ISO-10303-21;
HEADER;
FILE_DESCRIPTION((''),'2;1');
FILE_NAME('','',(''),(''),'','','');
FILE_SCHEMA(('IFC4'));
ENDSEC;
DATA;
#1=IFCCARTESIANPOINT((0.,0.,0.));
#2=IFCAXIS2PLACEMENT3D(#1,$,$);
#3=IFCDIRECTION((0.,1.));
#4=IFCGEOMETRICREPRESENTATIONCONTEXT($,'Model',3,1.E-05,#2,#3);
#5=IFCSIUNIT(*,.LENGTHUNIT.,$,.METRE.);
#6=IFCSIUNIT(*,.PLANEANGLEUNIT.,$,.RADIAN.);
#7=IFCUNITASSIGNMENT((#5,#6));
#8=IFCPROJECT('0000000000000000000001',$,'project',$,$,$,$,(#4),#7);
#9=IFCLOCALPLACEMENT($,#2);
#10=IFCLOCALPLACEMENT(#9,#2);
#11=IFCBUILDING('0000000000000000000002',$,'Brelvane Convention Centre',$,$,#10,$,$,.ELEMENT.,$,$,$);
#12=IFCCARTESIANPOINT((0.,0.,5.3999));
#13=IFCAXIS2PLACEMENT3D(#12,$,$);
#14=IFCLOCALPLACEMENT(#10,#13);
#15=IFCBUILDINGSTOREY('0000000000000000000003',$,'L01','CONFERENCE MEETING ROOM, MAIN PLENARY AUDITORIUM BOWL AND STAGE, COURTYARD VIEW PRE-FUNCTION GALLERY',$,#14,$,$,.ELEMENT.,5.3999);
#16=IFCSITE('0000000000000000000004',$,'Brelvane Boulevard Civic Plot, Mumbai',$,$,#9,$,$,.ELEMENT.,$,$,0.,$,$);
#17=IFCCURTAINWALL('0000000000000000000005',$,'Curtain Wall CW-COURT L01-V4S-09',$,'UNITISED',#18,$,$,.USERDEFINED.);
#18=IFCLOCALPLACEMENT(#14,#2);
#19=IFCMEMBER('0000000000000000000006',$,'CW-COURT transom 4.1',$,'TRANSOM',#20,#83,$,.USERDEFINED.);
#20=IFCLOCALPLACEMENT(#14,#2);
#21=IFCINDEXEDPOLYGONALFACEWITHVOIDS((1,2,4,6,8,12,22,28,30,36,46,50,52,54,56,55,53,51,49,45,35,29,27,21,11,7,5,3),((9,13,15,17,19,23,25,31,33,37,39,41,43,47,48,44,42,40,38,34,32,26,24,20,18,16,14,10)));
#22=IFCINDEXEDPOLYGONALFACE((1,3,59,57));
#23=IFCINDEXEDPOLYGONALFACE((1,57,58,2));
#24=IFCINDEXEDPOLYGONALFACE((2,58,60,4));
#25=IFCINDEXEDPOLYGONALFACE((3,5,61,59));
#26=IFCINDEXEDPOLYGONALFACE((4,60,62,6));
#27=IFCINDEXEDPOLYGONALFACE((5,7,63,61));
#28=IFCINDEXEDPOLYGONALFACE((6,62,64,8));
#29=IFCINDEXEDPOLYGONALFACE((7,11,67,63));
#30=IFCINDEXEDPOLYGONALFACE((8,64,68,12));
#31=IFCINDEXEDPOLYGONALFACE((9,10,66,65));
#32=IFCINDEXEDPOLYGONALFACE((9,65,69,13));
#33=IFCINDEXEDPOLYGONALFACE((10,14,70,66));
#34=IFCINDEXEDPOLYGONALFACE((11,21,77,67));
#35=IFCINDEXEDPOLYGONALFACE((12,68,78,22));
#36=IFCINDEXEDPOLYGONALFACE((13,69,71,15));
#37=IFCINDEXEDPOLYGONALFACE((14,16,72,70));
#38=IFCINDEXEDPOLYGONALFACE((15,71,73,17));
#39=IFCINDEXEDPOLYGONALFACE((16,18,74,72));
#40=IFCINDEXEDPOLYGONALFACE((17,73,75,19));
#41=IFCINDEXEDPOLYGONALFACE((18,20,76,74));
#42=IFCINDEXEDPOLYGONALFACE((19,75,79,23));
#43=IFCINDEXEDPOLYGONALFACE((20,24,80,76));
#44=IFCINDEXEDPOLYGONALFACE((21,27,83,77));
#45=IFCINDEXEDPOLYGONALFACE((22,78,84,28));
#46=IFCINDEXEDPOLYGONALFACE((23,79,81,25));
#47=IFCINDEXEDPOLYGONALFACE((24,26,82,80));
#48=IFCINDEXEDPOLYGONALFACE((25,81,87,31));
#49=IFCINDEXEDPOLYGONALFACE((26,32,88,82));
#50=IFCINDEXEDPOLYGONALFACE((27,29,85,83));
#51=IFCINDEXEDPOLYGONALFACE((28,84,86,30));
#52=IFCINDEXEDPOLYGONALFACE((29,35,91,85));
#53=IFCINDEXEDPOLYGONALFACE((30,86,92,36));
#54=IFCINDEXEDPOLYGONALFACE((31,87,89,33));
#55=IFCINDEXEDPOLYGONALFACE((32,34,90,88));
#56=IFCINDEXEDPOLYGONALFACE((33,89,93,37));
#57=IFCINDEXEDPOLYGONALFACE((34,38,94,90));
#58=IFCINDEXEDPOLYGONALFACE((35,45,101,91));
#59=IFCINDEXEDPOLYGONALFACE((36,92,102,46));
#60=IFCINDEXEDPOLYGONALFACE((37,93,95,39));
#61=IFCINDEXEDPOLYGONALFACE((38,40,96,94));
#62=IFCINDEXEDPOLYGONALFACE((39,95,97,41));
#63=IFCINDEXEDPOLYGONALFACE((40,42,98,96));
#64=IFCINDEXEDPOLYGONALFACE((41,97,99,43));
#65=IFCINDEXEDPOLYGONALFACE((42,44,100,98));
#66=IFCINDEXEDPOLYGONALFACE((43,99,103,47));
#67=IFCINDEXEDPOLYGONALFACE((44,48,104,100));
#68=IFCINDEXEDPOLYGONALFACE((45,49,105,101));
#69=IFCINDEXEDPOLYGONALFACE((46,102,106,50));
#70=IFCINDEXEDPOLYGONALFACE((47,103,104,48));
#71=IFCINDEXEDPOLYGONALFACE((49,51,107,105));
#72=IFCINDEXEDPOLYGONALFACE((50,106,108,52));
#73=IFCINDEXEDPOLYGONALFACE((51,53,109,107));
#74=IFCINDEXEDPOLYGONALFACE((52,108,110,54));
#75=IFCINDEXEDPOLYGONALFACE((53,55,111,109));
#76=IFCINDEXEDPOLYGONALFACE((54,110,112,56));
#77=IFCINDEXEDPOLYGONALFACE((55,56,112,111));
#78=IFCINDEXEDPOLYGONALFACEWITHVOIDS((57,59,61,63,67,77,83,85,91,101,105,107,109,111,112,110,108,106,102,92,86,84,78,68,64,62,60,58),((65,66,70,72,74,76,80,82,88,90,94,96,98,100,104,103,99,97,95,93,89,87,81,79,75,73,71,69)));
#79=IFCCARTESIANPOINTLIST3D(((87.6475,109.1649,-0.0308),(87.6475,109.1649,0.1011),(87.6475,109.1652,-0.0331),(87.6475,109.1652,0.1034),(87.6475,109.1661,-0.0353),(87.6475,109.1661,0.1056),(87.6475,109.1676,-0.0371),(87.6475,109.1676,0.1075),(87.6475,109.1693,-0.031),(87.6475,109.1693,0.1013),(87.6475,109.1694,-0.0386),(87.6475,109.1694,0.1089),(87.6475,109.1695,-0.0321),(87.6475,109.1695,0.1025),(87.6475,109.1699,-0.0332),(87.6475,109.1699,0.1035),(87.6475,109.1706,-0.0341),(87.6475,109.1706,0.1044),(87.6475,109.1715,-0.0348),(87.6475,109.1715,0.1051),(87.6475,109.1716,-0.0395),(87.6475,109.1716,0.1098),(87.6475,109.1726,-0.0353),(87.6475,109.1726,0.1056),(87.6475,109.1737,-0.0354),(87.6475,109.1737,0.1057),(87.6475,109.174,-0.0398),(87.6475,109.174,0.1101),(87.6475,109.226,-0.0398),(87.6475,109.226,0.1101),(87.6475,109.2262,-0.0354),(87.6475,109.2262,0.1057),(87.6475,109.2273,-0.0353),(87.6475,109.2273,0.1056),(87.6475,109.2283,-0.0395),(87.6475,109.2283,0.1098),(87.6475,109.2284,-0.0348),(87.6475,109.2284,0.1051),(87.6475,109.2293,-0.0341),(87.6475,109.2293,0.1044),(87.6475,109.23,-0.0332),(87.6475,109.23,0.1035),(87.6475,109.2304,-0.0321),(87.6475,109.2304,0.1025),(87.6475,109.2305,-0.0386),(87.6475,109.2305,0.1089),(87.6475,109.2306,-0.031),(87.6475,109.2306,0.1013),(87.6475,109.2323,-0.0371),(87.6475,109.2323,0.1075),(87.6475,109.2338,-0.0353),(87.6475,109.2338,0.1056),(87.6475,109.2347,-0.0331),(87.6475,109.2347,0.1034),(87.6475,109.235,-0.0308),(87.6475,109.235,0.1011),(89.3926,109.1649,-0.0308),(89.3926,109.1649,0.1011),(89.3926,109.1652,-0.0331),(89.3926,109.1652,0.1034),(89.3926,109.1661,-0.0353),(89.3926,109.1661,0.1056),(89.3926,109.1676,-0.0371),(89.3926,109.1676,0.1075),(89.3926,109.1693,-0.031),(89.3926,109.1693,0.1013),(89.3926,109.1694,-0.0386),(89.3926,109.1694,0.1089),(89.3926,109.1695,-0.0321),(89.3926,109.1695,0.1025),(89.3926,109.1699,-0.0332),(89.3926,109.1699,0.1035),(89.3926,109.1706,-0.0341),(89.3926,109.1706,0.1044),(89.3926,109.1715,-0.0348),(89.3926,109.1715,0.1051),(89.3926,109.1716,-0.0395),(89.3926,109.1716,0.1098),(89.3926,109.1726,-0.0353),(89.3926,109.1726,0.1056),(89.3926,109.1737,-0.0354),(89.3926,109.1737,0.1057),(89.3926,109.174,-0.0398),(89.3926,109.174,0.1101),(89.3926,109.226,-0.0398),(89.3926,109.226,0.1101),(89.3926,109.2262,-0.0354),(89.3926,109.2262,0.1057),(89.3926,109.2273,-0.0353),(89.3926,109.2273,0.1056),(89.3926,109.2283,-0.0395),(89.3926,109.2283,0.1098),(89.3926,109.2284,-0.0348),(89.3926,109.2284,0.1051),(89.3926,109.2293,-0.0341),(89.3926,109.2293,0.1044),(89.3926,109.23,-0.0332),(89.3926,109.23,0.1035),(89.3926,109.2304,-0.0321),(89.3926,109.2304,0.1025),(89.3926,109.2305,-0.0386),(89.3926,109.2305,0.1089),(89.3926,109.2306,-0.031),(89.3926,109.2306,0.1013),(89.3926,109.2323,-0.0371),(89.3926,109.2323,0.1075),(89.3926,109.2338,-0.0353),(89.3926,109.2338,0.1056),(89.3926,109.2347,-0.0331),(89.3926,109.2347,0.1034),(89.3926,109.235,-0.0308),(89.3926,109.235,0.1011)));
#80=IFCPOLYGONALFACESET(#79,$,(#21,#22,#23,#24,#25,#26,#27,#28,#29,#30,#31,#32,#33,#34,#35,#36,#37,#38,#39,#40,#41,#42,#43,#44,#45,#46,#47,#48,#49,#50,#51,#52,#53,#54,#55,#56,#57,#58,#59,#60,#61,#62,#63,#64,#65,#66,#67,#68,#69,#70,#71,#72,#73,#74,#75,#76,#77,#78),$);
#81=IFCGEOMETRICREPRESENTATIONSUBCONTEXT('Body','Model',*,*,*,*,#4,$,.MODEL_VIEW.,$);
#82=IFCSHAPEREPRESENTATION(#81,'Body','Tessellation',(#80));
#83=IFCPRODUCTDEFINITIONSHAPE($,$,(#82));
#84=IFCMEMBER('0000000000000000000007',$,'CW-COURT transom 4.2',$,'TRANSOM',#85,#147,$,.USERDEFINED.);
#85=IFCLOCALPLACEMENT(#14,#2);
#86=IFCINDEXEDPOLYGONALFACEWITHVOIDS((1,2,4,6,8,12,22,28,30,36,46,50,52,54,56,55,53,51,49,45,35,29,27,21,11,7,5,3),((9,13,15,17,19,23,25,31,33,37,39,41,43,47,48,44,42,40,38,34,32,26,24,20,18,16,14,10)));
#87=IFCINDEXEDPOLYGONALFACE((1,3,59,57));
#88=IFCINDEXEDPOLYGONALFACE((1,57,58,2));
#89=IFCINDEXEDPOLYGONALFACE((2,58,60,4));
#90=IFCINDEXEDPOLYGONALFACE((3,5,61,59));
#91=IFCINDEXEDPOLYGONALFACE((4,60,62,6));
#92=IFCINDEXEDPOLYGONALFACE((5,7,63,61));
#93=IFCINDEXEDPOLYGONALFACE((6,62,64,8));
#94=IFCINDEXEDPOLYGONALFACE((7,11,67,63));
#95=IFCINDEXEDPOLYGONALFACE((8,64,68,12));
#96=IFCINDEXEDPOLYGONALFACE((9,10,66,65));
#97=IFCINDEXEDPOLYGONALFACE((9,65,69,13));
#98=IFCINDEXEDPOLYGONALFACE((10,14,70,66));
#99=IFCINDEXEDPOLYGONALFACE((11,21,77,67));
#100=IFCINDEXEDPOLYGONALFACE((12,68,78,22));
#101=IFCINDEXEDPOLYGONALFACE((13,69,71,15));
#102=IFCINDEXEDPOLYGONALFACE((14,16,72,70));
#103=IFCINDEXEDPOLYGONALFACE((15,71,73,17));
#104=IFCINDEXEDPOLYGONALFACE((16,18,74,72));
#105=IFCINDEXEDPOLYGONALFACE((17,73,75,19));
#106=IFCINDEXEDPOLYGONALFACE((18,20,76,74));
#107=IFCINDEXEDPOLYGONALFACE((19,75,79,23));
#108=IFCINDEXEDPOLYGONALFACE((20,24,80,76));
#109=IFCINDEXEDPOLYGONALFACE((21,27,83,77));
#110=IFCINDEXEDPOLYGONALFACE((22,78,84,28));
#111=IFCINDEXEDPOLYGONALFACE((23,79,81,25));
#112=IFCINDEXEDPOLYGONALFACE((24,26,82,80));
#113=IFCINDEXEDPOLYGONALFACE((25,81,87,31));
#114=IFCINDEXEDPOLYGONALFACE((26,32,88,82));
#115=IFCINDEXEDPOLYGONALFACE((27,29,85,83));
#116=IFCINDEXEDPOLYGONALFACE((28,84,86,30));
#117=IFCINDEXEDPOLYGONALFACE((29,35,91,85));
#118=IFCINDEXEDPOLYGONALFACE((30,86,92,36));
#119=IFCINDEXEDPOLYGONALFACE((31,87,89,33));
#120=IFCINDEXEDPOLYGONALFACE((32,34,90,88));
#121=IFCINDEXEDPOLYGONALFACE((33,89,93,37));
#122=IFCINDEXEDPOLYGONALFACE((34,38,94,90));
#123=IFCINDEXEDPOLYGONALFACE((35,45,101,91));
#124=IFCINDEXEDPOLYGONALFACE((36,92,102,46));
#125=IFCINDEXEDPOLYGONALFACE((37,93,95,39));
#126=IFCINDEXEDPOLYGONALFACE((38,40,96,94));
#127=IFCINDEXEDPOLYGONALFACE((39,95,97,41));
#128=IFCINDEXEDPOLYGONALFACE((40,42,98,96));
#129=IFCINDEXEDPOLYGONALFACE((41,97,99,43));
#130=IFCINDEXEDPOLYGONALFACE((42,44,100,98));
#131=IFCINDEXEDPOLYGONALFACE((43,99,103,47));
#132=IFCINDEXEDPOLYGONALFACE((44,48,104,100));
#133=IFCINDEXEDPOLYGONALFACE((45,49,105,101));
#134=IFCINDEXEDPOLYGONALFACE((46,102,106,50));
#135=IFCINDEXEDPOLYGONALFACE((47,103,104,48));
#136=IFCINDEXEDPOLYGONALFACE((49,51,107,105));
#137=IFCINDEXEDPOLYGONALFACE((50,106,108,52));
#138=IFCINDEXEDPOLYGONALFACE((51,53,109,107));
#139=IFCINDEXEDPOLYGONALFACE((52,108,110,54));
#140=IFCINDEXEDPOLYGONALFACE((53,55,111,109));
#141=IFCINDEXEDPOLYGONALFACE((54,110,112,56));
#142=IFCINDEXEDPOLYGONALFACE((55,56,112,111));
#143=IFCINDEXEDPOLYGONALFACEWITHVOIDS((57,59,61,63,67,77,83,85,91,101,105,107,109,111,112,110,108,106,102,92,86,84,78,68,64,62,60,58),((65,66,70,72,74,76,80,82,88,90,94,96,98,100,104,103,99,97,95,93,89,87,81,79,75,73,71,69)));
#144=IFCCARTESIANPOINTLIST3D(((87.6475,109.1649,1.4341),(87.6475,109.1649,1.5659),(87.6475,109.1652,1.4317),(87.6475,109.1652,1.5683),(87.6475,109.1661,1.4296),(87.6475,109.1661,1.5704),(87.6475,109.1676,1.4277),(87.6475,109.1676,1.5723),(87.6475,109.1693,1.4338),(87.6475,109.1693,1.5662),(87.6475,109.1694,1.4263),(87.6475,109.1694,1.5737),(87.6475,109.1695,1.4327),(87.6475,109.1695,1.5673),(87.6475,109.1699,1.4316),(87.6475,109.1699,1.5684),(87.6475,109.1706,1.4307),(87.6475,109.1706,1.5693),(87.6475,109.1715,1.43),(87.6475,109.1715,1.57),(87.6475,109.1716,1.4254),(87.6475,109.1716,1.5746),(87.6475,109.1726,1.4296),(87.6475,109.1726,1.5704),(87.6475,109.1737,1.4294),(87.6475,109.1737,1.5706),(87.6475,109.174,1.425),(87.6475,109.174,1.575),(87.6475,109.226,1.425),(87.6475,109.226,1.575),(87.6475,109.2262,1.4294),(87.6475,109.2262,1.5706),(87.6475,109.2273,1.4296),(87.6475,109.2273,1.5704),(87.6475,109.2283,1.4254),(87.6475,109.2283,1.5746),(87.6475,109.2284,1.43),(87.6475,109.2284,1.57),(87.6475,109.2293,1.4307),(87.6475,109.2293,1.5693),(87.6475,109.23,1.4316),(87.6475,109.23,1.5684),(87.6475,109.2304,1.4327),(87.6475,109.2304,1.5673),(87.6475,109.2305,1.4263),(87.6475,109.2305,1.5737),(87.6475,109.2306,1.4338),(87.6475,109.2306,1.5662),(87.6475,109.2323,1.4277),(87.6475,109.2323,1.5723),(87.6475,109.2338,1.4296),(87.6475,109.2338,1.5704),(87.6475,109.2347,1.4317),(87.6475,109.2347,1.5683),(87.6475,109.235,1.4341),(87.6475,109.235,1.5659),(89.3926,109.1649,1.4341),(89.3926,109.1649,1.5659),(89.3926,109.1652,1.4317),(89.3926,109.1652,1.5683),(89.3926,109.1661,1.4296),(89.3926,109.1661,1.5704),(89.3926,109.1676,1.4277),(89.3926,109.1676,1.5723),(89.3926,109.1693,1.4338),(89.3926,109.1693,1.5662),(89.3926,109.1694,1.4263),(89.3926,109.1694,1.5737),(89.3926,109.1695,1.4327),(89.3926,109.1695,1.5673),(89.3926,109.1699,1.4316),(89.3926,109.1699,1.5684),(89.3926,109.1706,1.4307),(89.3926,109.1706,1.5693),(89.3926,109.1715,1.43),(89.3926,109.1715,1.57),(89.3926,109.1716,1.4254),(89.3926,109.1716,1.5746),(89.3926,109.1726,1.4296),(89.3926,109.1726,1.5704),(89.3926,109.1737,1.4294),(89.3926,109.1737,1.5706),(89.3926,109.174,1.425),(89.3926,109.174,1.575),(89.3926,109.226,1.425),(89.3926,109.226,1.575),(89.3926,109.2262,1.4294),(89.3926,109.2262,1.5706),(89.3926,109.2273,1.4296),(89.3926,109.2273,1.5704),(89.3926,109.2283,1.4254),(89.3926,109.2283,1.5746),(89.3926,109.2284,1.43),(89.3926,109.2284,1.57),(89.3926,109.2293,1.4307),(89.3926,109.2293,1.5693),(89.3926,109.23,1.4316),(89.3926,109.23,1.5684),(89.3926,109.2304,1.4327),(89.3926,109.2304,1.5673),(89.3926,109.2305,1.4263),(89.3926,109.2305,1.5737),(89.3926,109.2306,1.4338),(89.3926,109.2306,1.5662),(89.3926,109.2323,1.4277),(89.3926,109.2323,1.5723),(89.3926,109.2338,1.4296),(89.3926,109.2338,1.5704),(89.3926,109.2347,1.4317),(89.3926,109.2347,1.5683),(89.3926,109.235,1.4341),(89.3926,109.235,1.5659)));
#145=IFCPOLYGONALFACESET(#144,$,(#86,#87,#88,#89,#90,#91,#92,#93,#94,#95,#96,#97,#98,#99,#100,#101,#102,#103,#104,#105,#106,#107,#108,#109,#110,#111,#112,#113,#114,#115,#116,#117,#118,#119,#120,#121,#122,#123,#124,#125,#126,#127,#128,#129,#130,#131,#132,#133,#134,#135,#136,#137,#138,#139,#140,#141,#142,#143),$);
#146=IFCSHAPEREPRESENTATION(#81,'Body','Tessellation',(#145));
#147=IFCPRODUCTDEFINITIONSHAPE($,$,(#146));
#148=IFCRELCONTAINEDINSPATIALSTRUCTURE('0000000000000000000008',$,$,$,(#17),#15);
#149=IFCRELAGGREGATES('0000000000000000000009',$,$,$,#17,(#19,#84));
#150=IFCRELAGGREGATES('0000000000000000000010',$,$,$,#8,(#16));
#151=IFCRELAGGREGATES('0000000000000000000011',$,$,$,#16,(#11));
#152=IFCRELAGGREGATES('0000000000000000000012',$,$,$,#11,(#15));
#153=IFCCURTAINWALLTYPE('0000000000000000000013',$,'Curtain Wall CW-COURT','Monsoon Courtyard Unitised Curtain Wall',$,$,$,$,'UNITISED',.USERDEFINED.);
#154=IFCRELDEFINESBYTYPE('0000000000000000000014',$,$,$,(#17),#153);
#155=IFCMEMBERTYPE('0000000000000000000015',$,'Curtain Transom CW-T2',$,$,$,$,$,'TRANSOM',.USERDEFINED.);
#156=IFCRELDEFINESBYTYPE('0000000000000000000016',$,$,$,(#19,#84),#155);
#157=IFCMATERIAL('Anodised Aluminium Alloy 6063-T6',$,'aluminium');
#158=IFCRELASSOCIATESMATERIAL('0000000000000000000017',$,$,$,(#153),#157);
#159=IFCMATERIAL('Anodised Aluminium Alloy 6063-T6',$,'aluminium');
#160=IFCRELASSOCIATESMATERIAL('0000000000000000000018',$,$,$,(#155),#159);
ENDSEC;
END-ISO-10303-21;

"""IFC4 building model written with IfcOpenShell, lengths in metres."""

from ifc_helpers import new_model, si_unit, direction, frame, origin, origin_2d, place, context, subcontext, project, spatial, hollow_rectangle, extrude, material, material_profile, profile_set, type_object, element, aggregate, save


model = new_model("IFC4")

# Units and contexts
model_context = context("Model", 3, precision=1e-05, world=origin(), true_north=direction((0.0, 1.0)))
body_context = subcontext(model_context, "Body", "Model", "MODEL_VIEW")
ifc_project = project(units=[si_unit("LENGTHUNIT", "METRE"), si_unit("PLANEANGLEUNIT", "RADIAN")], contexts=[model_context])

# Site, building, storey
site_placement = place(None, origin())
site = spatial("IfcSite", under=ifc_project, at=site_placement, Name="Brelvane Boulevard Civic Plot, Mumbai", CompositionType="ELEMENT", RefElevation=0.0)
building_placement = place(site_placement, origin())
building = spatial("IfcBuilding", under=site, at=building_placement, Name="Brelvane Convention Centre", CompositionType="ELEMENT")
storey_placement = place(building_placement, frame((0.0, 0.0, 5.3999)))
storey = spatial("IfcBuildingStorey", under=building, at=storey_placement, Name="L01", Description="CONFERENCE MEETING ROOM, MAIN PLENARY AUDITORIUM BOWL AND STAGE, COURTYARD VIEW PRE-FUNCTION GALLERY", CompositionType="ELEMENT", Elevation=5.3999)

# Curtain wall, members
ifc_material_1 = material(Name="Anodised Aluminium Alloy 6063-T6", Category="aluminium")
curtain_wall_type = type_object("IfcCurtainWallType", Name="Curtain Wall CW-COURT", Description="Monsoon Courtyard Unitised Curtain Wall", ElementType="UNITISED", PredefinedType="USERDEFINED", material=ifc_material_1)
curtain_wall_placement = place(storey_placement, origin())
curtain_wall = element("IfcCurtainWall", 1, at=curtain_wall_placement, inside=storey, type_object=curtain_wall_type, Name="Curtain Wall CW-COURT L01-V4S-09", ObjectType="UNITISED", PredefinedType="USERDEFINED")
ifc_material_2 = material(Name="Anodised Aluminium Alloy 6063-T6", Category="aluminium")
ifc_material_profile_1 = material_profile(ifc_material_2, hollow_rectangle(XDim=0.0701, YDim=0.1499, WallThickness=0.0044, InnerFilletRadius=0.0044, OuterFilletRadius=0.009, at=origin_2d()), Name="ALU-T 150x70x4.5")
ifc_profile_set_1 = profile_set([ifc_material_profile_1], Name="Anodised Aluminium Alloy 6063-T6")
member_type_1 = type_object("IfcMemberType", Name="Curtain Transom CW-T2", ElementType="TRANSOM", PredefinedType="USERDEFINED", material=ifc_profile_set_1)
member_1_placement = place(storey_placement, frame((87.6475, 109.2, 0.0352), z_axis=(1.0, 0.0, 0.0), x_axis=(0.0, 1.0, 0.0)))
member_1 = element("IfcMember", 2, at=member_1_placement, type_object=member_type_1, Name="CW-COURT transom 4.1", ObjectType="TRANSOM", PredefinedType="USERDEFINED", context=body_context, shape_type="SweptSolid", body=[
    extrude(hollow_rectangle(XDim=0.0701, YDim=0.1499, WallThickness=0.0044, InnerFilletRadius=0.0044, OuterFilletRadius=0.009, at=origin_2d()), origin(), (0.0, 0.0, 1.0), 1.7451),
])
member_2_placement = place(storey_placement, frame((87.6475, 109.2, 1.5), z_axis=(1.0, 0.0, 0.0), x_axis=(0.0, 1.0, 0.0)))
member_2 = element("IfcMember", 3, at=member_2_placement, type_object=member_type_1, Name="CW-COURT transom 4.2", ObjectType="TRANSOM", PredefinedType="USERDEFINED", context=body_context, shape_type="SweptSolid", body=[
    extrude(hollow_rectangle(XDim=0.0701, YDim=0.1499, WallThickness=0.0044, InnerFilletRadius=0.0044, OuterFilletRadius=0.009, at=origin_2d()), origin(), (0.0, 0.0, 1.0), 1.7451),
])

aggregate(curtain_wall, [member_1, member_2])

save(model, "model.ifc")
